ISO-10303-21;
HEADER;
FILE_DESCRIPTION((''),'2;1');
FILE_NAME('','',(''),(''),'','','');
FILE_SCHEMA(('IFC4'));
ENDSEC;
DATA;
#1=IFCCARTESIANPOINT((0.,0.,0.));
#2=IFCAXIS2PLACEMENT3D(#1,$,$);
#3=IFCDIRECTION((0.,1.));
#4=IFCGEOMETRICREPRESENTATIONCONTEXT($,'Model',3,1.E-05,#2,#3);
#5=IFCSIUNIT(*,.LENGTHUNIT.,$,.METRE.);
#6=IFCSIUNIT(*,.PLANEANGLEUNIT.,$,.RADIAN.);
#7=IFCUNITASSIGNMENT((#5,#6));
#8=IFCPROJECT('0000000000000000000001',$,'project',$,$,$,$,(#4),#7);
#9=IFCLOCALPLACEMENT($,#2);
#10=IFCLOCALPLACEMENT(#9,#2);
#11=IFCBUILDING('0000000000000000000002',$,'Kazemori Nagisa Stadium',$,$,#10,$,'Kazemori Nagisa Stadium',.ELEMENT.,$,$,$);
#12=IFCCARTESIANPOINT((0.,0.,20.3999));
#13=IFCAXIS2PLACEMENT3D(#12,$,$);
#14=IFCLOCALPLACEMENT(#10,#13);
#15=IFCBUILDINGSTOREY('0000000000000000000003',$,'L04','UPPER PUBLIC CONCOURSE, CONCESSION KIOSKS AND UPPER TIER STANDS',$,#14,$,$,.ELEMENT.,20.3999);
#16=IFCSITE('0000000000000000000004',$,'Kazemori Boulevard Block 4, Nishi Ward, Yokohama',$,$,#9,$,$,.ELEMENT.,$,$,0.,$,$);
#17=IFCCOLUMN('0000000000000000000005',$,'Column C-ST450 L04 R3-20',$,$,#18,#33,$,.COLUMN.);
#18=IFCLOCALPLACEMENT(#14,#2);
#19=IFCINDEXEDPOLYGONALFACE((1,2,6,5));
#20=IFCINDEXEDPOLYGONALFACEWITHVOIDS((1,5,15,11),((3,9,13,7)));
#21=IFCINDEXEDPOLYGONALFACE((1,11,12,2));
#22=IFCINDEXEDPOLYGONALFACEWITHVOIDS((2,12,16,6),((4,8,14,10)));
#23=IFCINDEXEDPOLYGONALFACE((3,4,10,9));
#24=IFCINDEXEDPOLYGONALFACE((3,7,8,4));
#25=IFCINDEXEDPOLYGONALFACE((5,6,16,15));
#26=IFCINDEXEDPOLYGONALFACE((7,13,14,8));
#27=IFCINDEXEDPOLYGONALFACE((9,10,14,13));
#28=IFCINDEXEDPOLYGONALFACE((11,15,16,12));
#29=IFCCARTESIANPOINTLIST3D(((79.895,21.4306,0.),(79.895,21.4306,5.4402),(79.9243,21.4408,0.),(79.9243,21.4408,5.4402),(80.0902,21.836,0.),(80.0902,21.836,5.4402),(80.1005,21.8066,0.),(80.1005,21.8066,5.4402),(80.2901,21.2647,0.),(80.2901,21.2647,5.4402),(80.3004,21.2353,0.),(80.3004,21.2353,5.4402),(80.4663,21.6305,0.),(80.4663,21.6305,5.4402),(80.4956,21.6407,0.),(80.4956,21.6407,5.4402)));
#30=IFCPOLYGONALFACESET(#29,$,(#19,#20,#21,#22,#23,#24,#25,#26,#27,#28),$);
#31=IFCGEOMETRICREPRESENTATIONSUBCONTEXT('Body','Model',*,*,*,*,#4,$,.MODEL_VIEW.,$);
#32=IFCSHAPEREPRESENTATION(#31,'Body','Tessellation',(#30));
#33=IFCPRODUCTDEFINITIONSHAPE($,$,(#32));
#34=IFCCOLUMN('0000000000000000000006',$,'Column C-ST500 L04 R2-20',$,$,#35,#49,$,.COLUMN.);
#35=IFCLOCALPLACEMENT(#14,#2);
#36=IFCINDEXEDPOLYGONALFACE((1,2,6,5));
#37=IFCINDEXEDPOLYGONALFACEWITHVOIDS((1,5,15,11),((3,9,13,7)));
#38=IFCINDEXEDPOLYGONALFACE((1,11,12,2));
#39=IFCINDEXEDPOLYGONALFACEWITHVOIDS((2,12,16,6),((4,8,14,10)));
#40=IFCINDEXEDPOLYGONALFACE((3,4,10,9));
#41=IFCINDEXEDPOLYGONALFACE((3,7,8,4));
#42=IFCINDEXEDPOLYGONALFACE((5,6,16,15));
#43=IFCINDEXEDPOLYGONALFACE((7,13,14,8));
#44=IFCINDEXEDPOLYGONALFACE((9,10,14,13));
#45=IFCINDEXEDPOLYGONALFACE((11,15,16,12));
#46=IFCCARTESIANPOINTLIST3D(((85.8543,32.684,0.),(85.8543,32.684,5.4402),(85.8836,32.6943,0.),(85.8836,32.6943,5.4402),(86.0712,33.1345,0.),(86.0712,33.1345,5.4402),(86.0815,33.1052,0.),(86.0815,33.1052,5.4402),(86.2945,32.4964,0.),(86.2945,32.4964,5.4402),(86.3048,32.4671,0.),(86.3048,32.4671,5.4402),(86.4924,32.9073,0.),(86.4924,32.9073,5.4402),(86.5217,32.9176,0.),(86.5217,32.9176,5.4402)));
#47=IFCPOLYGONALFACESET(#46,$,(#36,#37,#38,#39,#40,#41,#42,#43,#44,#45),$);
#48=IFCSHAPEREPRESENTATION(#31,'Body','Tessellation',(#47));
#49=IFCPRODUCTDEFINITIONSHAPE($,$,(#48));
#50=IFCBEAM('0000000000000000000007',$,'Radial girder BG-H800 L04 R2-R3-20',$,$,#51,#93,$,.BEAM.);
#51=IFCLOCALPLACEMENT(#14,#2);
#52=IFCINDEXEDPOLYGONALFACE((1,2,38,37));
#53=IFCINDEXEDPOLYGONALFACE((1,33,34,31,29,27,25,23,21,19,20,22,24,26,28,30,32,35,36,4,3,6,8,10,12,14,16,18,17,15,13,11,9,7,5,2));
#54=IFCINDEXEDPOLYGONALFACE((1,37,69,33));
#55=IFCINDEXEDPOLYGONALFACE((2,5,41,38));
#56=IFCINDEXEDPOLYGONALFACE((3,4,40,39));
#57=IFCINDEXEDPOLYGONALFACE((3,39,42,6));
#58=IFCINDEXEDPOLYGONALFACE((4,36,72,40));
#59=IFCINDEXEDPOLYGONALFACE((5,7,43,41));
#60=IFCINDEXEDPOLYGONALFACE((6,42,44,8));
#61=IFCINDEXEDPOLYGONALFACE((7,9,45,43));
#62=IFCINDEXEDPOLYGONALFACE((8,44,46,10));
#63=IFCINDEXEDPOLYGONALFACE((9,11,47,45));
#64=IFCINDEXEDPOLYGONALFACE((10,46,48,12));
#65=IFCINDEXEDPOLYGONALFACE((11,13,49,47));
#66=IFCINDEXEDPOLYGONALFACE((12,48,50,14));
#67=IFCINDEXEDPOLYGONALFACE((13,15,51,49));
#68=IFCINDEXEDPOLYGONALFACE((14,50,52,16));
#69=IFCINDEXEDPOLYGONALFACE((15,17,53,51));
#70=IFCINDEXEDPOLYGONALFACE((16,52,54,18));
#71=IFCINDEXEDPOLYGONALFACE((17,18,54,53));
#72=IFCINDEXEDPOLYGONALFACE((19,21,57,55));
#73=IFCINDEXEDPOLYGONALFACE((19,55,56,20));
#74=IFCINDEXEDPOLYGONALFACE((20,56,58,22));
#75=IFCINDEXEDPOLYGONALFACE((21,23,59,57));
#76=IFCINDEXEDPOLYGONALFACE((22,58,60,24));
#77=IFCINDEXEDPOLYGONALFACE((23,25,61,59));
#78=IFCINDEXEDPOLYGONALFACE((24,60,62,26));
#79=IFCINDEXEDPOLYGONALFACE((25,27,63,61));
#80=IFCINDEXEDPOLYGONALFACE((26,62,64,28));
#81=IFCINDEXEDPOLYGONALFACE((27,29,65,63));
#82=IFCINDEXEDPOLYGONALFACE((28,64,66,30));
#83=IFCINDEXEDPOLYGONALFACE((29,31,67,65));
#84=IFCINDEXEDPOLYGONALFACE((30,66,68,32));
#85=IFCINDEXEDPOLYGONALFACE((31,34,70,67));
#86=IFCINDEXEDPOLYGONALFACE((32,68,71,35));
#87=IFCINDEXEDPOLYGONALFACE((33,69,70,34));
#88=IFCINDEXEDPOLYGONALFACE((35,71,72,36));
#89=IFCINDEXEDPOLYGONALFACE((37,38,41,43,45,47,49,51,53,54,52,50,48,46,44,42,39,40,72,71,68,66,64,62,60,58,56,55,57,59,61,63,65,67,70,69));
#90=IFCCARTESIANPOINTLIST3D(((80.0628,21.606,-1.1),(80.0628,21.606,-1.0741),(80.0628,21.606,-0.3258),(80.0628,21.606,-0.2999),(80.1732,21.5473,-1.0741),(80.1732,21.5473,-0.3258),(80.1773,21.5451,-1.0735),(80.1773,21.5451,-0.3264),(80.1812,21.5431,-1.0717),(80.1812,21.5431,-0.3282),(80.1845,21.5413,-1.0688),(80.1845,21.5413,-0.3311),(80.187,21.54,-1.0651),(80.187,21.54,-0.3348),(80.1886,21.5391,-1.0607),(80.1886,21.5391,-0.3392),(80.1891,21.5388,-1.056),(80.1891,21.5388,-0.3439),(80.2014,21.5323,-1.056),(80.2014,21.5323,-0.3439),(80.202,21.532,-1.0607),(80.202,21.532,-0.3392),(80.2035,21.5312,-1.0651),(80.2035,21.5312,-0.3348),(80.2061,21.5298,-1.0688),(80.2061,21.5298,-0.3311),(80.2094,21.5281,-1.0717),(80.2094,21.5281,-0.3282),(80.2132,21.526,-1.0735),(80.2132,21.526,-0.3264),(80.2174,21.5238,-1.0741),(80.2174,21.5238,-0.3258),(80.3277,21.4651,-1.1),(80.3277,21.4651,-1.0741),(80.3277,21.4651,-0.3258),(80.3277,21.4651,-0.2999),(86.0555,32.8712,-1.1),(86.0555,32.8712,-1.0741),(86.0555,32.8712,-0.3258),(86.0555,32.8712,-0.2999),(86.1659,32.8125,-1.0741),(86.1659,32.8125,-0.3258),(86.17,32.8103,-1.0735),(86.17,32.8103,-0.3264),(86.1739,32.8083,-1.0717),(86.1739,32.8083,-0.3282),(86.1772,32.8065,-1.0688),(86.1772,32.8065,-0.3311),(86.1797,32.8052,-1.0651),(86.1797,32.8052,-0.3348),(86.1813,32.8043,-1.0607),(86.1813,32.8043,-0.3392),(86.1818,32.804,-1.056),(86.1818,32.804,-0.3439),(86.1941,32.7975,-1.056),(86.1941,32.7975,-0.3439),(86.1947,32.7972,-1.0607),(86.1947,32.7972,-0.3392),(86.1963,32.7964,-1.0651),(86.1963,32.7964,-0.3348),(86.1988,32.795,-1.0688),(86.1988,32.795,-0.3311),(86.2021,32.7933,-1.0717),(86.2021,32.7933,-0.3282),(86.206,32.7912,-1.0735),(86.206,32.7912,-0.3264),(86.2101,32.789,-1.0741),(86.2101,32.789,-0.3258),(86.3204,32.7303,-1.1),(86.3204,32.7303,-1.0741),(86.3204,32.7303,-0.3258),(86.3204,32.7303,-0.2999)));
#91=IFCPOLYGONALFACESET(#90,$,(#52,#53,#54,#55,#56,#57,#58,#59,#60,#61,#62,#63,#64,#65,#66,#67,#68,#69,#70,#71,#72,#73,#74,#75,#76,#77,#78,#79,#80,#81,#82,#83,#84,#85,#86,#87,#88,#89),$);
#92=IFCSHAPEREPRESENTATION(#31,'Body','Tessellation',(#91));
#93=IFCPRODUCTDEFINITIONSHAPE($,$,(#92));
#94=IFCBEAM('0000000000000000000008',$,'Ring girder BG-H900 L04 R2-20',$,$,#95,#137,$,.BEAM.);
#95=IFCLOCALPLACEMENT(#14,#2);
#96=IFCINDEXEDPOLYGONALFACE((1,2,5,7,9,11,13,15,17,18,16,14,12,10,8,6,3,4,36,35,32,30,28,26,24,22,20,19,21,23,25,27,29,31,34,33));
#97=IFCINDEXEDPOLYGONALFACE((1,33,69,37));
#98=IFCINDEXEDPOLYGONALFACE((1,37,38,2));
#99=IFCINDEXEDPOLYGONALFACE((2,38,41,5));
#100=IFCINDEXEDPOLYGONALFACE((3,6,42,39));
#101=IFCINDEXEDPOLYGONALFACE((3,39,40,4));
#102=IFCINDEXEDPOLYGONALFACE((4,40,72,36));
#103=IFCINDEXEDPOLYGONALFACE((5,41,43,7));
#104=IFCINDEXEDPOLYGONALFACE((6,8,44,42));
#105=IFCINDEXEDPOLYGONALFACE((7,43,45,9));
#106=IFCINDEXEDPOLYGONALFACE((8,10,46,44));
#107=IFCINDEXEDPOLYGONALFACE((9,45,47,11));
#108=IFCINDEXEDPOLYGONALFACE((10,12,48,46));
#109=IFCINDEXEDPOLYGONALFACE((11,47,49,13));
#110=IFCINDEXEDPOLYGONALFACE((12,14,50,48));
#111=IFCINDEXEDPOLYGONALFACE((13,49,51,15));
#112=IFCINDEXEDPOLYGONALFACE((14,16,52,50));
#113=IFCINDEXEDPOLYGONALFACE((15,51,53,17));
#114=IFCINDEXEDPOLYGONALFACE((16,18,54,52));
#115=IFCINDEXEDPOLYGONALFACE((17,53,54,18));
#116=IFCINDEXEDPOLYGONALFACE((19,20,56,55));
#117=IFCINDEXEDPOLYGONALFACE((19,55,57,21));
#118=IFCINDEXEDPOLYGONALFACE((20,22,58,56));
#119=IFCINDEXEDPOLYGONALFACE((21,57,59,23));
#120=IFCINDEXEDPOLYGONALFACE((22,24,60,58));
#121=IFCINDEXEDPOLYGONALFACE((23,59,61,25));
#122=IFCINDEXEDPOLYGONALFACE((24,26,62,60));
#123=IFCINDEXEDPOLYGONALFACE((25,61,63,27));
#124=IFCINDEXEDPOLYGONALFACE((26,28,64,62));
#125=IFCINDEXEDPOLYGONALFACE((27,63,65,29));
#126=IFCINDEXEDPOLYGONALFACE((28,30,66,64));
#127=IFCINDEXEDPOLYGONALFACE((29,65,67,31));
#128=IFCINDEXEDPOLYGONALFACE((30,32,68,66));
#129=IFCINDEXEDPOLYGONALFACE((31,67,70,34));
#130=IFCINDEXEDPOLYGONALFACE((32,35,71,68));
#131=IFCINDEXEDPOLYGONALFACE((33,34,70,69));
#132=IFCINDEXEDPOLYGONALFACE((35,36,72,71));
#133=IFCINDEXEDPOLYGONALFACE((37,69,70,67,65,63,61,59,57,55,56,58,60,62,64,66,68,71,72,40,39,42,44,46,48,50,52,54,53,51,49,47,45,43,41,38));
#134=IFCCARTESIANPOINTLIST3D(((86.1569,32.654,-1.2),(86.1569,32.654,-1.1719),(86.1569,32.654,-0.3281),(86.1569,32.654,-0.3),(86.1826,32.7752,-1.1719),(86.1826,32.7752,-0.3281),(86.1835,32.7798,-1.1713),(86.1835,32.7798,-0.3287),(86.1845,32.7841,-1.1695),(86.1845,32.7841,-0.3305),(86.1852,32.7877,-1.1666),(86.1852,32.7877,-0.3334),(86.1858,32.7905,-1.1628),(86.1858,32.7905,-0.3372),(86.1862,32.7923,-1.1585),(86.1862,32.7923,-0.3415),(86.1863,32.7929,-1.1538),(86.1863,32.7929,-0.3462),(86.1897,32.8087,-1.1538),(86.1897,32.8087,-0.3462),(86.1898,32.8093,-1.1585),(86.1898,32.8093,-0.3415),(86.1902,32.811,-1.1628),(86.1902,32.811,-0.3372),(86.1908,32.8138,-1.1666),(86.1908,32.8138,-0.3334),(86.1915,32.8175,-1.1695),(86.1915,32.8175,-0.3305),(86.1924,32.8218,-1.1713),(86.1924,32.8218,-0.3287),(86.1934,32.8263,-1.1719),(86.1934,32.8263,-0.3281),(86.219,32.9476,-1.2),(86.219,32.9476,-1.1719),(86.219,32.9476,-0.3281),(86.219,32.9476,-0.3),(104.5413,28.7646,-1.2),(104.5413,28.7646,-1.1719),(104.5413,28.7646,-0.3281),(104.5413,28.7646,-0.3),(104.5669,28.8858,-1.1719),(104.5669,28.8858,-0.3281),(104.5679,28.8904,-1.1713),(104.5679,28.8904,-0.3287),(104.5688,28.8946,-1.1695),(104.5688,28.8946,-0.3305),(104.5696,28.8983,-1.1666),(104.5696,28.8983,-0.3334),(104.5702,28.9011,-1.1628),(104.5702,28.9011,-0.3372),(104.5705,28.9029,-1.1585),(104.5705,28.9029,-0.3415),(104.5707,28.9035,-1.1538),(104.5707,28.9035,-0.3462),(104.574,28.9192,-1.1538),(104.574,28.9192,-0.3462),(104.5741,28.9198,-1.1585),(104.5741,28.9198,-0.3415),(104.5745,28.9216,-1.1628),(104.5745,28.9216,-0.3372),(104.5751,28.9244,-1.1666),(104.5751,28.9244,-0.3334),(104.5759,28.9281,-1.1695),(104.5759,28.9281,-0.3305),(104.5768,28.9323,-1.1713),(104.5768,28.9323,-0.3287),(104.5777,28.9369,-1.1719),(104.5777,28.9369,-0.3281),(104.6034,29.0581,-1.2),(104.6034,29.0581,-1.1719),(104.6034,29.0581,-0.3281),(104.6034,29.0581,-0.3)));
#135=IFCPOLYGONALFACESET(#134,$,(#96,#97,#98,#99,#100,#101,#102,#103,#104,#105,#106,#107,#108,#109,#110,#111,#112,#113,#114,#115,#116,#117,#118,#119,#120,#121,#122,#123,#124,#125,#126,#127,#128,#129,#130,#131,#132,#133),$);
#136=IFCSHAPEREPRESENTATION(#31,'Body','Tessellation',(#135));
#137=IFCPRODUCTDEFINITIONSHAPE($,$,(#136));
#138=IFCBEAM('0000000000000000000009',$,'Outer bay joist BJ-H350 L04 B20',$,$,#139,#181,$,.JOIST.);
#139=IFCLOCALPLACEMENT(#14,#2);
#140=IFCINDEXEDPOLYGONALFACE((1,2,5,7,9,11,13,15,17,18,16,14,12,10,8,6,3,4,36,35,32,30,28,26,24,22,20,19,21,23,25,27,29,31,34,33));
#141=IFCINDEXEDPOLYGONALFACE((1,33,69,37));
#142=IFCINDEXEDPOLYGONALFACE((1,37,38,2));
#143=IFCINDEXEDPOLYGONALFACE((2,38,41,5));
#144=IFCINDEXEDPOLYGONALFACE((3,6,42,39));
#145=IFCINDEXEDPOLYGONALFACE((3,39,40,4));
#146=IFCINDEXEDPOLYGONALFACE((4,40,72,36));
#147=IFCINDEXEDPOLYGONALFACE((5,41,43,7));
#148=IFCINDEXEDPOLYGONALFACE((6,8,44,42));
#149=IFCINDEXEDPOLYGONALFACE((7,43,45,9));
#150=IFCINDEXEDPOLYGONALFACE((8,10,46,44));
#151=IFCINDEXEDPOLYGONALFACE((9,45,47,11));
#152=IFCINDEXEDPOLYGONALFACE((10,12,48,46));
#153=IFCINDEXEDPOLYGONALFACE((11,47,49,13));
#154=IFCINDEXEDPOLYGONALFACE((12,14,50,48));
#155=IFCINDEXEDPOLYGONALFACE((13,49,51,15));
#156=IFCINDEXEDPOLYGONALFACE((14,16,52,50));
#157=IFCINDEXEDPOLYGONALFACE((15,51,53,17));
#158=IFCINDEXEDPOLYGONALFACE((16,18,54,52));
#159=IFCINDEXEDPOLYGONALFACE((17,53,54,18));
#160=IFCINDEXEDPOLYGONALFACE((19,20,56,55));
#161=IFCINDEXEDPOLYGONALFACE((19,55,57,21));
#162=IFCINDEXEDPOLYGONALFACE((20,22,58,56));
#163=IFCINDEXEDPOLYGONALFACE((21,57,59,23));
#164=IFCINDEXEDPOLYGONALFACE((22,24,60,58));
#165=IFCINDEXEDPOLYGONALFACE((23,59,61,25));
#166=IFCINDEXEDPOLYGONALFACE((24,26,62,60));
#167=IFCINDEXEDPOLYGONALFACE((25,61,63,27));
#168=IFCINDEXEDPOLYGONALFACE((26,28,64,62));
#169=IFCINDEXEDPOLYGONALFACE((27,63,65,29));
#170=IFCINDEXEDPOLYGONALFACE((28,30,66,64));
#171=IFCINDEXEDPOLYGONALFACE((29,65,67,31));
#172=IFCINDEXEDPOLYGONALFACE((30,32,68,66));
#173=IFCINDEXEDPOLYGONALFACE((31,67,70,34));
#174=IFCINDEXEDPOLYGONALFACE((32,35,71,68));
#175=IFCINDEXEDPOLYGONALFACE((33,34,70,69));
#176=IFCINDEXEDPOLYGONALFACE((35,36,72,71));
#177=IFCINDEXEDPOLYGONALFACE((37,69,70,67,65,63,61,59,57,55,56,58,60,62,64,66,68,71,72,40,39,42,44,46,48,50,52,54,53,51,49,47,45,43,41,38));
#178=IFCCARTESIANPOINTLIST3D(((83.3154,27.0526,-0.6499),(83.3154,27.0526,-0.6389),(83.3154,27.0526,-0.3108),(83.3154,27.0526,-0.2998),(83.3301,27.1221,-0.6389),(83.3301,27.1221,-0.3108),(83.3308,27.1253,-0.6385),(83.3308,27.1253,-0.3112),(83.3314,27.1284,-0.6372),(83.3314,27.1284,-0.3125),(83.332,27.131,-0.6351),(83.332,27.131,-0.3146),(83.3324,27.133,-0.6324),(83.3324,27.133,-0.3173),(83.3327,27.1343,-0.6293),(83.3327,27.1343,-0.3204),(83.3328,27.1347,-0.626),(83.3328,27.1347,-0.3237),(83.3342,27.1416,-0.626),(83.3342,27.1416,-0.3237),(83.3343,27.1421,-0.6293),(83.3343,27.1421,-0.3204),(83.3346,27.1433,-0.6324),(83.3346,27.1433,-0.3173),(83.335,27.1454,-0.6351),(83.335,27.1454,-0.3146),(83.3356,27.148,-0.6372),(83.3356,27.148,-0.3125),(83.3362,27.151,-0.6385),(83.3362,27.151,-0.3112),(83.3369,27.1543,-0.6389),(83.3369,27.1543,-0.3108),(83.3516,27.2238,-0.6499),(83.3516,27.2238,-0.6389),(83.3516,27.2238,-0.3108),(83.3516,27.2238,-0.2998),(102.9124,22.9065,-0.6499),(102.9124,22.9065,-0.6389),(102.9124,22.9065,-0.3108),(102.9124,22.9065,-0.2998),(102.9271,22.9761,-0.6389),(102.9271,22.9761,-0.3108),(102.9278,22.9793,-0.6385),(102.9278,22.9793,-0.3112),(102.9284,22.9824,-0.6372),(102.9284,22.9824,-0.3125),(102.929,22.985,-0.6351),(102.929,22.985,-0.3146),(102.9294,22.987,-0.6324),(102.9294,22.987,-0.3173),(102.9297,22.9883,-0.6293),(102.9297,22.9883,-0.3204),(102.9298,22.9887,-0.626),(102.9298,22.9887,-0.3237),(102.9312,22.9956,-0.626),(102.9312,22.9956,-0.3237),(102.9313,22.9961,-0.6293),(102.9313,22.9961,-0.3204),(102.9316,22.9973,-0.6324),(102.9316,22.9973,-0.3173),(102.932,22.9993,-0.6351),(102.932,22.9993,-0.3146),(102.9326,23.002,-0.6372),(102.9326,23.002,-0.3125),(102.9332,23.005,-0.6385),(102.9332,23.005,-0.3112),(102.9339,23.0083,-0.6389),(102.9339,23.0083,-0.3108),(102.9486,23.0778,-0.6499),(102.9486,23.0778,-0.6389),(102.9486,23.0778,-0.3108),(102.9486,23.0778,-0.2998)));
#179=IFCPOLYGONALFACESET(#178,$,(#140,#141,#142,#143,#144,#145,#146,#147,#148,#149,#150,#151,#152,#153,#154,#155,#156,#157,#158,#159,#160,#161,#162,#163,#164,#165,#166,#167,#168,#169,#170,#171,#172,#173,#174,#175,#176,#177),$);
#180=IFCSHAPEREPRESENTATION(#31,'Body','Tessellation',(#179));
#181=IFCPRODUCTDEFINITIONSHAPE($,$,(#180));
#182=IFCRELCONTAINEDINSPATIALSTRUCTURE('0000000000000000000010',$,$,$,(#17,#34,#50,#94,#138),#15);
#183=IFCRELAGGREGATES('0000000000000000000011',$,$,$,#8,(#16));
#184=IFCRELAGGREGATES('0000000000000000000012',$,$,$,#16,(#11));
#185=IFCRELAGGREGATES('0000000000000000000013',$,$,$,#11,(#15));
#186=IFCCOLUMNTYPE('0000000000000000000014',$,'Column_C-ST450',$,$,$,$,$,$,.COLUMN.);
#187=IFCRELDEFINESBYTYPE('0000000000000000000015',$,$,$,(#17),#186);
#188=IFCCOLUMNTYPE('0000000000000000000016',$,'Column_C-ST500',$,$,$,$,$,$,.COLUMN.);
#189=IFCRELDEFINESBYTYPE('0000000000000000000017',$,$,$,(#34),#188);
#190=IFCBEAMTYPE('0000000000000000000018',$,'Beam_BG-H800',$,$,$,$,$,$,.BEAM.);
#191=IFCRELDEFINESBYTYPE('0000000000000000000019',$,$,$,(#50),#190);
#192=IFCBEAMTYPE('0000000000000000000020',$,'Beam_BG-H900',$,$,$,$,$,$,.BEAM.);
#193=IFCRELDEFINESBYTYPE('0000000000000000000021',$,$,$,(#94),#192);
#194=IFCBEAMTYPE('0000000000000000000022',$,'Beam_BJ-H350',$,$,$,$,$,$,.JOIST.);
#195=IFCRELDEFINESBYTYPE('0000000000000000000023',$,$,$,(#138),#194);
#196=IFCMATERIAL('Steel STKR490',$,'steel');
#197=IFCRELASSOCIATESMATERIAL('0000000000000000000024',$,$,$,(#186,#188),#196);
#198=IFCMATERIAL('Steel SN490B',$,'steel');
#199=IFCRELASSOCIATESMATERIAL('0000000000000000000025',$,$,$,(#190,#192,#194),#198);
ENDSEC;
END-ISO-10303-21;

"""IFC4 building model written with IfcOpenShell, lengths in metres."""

from ifc_helpers import new_model, si_unit, direction, frame, origin, origin_2d, place, context, subcontext, project, spatial, hollow_rectangle, i_section, extrude, material, material_profile, profile_set, type_object, element, save


model = new_model("IFC4")

# Units and contexts
model_context = context("Model", 3, precision=1e-05, world=origin(), true_north=direction((0.0, 1.0)))
body_context = subcontext(model_context, "Body", "Model", "MODEL_VIEW")
ifc_project = project(units=[si_unit("LENGTHUNIT", "METRE"), si_unit("PLANEANGLEUNIT", "RADIAN")], contexts=[model_context])

# Site, building, storey
site_placement = place(None, origin())
site = spatial("IfcSite", under=ifc_project, at=site_placement, Name="Kazemori Boulevard Block 4, Nishi Ward, Yokohama", CompositionType="ELEMENT", RefElevation=0.0)
building_placement = place(site_placement, origin())
building = spatial("IfcBuilding", under=site, at=building_placement, Name="Kazemori Nagisa Stadium", LongName="Kazemori Nagisa Stadium", CompositionType="ELEMENT")
storey_placement = place(building_placement, frame((0.0, 0.0, 20.3999)))
storey = spatial("IfcBuildingStorey", under=building, at=storey_placement, Name="L04", Description="UPPER PUBLIC CONCOURSE, CONCESSION KIOSKS AND UPPER TIER STANDS", CompositionType="ELEMENT", Elevation=20.3999)

# Columns
ifc_material_1 = material(Name="Steel STKR490", Category="steel")
ifc_material_profile_1 = material_profile(ifc_material_1, hollow_rectangle(XDim=0.45, YDim=0.45, WallThickness=0.022, at=origin_2d()), Name="SHS-450x450x22")
ifc_profile_set_1 = profile_set([ifc_material_profile_1], Name="Steel STKR490")
column_type_1 = type_object("IfcColumnType", Name="Column_C-ST450", PredefinedType="COLUMN", material=ifc_profile_set_1)
column_1_placement = place(storey_placement, frame((80.1953, 21.5356, 0.0), z_axis=(0.0, 0.0, 1.0), x_axis=(-0.433884, -0.900969, 0.0)))
element("IfcColumn", 1, at=column_1_placement, inside=storey, type_object=column_type_1, Name="Column C-ST450 L04 R3-20", PredefinedType="COLUMN", context=body_context, shape_type="SweptSolid", body=[
    extrude(hollow_rectangle(XDim=0.45, YDim=0.45, WallThickness=0.022, at=origin_2d()), origin(), (0.0, 0.0, 1.0), 5.4402),
])
ifc_material_profile_2 = material_profile(ifc_material_1, hollow_rectangle(XDim=0.5, YDim=0.5, WallThickness=0.022, at=origin_2d()), Name="SHS-500x500x22")
ifc_profile_set_2 = profile_set([ifc_material_profile_2], Name="Steel STKR490")
column_type_2 = type_object("IfcColumnType", Name="Column_C-ST500", PredefinedType="COLUMN", material=ifc_profile_set_2)
column_2_placement = place(storey_placement, frame((86.188, 32.8008, 0.0), z_axis=(0.0, 0.0, 1.0), x_axis=(-0.433884, -0.900969, 0.0)))
element("IfcColumn", 2, at=column_2_placement, inside=storey, type_object=column_type_2, Name="Column C-ST500 L04 R2-20", PredefinedType="COLUMN", context=body_context, shape_type="SweptSolid", body=[
    extrude(hollow_rectangle(XDim=0.5, YDim=0.5, WallThickness=0.022, at=origin_2d()), origin(), (0.0, 0.0, 1.0), 5.4402),
])

# Beams
ifc_material_2 = material(Name="Steel SN490B", Category="steel")
ifc_material_profile_3 = material_profile(ifc_material_2, i_section(OverallWidth=0.3, OverallDepth=0.8, WebThickness=0.0139, FlangeThickness=0.0259, FilletRadius=0.0181, at=origin_2d()), Name="H-800x300x14x26")
ifc_profile_set_3 = profile_set([ifc_material_profile_3], Name="Steel SN490B")
beam_type_1 = type_object("IfcBeamType", Name="Beam_BG-H800", PredefinedType="BEAM", material=ifc_profile_set_3)
beam_1_placement = place(storey_placement, frame((86.188, 32.8008, -0.7), z_axis=(-0.469649, -0.882853, 0.0), x_axis=(0.882853, -0.469649, 0.0)))
element("IfcBeam", 3, at=beam_1_placement, inside=storey, type_object=beam_type_1, Name="Radial girder BG-H800 L04 R2-R3-20", PredefinedType="BEAM", context=body_context, shape_type="SweptSolid", body=[
    extrude(i_section(OverallWidth=0.3, OverallDepth=0.8, WebThickness=0.0139, FlangeThickness=0.0259, FilletRadius=0.0181, at=origin_2d()), origin(), (0.0, 0.0, 1.0), 12.76),
])
ifc_material_profile_4 = material_profile(ifc_material_2, i_section(OverallWidth=0.3, OverallDepth=0.8999, WebThickness=0.0161, FlangeThickness=0.0281, FilletRadius=0.0181, at=origin_2d()), Name="H-900x300x16x28")
ifc_profile_set_4 = profile_set([ifc_material_profile_4], Name="Steel SN490B")
beam_type_2 = type_object("IfcBeamType", Name="Beam_BG-H900", PredefinedType="BEAM", material=ifc_profile_set_4)
beam_2_placement = place(storey_placement, frame((86.188, 32.8008, -0.75), z_axis=(0.978345, -0.20698, 0.0), x_axis=(0.20698, 0.978345, 0.0)))
element("IfcBeam", 4, at=beam_2_placement, inside=storey, type_object=beam_type_2, Name="Ring girder BG-H900 L04 R2-20", PredefinedType="BEAM", context=body_context, shape_type="SweptSolid", body=[
    extrude(i_section(OverallWidth=0.3, OverallDepth=0.8999, WebThickness=0.0161, FlangeThickness=0.0281, FilletRadius=0.0181, at=origin_2d()), origin(), (0.0, 0.0, 1.0), 18.7913),
])
ifc_material_profile_5 = material_profile(ifc_material_2, i_section(OverallWidth=0.175, OverallDepth=0.3501, WebThickness=0.0071, FlangeThickness=0.011, FilletRadius=0.0129, at=origin_2d()), Name="H-350x175x7x11")
ifc_profile_set_5 = profile_set([ifc_material_profile_5], Name="Steel SN490B")
beam_type_3 = type_object("IfcBeamType", Name="Beam_BJ-H350", PredefinedType="JOIST", material=ifc_profile_set_5)
beam_3_placement = place(storey_placement, frame((83.3335, 27.1382, -0.4749), z_axis=(0.978345, -0.206982, 0.0), x_axis=(0.206982, 0.978345, 0.0)))
element("IfcBeam", 5, at=beam_3_placement, inside=storey, type_object=beam_type_3, Name="Outer bay joist BJ-H350 L04 B20", PredefinedType="JOIST", context=body_context, shape_type="SweptSolid", body=[
    extrude(i_section(OverallWidth=0.175, OverallDepth=0.3501, WebThickness=0.0071, FlangeThickness=0.011, FilletRadius=0.0129, at=origin_2d()), origin(), (0.0, 0.0, 1.0), 20.0308),
])

save(model, "model.ifc")
